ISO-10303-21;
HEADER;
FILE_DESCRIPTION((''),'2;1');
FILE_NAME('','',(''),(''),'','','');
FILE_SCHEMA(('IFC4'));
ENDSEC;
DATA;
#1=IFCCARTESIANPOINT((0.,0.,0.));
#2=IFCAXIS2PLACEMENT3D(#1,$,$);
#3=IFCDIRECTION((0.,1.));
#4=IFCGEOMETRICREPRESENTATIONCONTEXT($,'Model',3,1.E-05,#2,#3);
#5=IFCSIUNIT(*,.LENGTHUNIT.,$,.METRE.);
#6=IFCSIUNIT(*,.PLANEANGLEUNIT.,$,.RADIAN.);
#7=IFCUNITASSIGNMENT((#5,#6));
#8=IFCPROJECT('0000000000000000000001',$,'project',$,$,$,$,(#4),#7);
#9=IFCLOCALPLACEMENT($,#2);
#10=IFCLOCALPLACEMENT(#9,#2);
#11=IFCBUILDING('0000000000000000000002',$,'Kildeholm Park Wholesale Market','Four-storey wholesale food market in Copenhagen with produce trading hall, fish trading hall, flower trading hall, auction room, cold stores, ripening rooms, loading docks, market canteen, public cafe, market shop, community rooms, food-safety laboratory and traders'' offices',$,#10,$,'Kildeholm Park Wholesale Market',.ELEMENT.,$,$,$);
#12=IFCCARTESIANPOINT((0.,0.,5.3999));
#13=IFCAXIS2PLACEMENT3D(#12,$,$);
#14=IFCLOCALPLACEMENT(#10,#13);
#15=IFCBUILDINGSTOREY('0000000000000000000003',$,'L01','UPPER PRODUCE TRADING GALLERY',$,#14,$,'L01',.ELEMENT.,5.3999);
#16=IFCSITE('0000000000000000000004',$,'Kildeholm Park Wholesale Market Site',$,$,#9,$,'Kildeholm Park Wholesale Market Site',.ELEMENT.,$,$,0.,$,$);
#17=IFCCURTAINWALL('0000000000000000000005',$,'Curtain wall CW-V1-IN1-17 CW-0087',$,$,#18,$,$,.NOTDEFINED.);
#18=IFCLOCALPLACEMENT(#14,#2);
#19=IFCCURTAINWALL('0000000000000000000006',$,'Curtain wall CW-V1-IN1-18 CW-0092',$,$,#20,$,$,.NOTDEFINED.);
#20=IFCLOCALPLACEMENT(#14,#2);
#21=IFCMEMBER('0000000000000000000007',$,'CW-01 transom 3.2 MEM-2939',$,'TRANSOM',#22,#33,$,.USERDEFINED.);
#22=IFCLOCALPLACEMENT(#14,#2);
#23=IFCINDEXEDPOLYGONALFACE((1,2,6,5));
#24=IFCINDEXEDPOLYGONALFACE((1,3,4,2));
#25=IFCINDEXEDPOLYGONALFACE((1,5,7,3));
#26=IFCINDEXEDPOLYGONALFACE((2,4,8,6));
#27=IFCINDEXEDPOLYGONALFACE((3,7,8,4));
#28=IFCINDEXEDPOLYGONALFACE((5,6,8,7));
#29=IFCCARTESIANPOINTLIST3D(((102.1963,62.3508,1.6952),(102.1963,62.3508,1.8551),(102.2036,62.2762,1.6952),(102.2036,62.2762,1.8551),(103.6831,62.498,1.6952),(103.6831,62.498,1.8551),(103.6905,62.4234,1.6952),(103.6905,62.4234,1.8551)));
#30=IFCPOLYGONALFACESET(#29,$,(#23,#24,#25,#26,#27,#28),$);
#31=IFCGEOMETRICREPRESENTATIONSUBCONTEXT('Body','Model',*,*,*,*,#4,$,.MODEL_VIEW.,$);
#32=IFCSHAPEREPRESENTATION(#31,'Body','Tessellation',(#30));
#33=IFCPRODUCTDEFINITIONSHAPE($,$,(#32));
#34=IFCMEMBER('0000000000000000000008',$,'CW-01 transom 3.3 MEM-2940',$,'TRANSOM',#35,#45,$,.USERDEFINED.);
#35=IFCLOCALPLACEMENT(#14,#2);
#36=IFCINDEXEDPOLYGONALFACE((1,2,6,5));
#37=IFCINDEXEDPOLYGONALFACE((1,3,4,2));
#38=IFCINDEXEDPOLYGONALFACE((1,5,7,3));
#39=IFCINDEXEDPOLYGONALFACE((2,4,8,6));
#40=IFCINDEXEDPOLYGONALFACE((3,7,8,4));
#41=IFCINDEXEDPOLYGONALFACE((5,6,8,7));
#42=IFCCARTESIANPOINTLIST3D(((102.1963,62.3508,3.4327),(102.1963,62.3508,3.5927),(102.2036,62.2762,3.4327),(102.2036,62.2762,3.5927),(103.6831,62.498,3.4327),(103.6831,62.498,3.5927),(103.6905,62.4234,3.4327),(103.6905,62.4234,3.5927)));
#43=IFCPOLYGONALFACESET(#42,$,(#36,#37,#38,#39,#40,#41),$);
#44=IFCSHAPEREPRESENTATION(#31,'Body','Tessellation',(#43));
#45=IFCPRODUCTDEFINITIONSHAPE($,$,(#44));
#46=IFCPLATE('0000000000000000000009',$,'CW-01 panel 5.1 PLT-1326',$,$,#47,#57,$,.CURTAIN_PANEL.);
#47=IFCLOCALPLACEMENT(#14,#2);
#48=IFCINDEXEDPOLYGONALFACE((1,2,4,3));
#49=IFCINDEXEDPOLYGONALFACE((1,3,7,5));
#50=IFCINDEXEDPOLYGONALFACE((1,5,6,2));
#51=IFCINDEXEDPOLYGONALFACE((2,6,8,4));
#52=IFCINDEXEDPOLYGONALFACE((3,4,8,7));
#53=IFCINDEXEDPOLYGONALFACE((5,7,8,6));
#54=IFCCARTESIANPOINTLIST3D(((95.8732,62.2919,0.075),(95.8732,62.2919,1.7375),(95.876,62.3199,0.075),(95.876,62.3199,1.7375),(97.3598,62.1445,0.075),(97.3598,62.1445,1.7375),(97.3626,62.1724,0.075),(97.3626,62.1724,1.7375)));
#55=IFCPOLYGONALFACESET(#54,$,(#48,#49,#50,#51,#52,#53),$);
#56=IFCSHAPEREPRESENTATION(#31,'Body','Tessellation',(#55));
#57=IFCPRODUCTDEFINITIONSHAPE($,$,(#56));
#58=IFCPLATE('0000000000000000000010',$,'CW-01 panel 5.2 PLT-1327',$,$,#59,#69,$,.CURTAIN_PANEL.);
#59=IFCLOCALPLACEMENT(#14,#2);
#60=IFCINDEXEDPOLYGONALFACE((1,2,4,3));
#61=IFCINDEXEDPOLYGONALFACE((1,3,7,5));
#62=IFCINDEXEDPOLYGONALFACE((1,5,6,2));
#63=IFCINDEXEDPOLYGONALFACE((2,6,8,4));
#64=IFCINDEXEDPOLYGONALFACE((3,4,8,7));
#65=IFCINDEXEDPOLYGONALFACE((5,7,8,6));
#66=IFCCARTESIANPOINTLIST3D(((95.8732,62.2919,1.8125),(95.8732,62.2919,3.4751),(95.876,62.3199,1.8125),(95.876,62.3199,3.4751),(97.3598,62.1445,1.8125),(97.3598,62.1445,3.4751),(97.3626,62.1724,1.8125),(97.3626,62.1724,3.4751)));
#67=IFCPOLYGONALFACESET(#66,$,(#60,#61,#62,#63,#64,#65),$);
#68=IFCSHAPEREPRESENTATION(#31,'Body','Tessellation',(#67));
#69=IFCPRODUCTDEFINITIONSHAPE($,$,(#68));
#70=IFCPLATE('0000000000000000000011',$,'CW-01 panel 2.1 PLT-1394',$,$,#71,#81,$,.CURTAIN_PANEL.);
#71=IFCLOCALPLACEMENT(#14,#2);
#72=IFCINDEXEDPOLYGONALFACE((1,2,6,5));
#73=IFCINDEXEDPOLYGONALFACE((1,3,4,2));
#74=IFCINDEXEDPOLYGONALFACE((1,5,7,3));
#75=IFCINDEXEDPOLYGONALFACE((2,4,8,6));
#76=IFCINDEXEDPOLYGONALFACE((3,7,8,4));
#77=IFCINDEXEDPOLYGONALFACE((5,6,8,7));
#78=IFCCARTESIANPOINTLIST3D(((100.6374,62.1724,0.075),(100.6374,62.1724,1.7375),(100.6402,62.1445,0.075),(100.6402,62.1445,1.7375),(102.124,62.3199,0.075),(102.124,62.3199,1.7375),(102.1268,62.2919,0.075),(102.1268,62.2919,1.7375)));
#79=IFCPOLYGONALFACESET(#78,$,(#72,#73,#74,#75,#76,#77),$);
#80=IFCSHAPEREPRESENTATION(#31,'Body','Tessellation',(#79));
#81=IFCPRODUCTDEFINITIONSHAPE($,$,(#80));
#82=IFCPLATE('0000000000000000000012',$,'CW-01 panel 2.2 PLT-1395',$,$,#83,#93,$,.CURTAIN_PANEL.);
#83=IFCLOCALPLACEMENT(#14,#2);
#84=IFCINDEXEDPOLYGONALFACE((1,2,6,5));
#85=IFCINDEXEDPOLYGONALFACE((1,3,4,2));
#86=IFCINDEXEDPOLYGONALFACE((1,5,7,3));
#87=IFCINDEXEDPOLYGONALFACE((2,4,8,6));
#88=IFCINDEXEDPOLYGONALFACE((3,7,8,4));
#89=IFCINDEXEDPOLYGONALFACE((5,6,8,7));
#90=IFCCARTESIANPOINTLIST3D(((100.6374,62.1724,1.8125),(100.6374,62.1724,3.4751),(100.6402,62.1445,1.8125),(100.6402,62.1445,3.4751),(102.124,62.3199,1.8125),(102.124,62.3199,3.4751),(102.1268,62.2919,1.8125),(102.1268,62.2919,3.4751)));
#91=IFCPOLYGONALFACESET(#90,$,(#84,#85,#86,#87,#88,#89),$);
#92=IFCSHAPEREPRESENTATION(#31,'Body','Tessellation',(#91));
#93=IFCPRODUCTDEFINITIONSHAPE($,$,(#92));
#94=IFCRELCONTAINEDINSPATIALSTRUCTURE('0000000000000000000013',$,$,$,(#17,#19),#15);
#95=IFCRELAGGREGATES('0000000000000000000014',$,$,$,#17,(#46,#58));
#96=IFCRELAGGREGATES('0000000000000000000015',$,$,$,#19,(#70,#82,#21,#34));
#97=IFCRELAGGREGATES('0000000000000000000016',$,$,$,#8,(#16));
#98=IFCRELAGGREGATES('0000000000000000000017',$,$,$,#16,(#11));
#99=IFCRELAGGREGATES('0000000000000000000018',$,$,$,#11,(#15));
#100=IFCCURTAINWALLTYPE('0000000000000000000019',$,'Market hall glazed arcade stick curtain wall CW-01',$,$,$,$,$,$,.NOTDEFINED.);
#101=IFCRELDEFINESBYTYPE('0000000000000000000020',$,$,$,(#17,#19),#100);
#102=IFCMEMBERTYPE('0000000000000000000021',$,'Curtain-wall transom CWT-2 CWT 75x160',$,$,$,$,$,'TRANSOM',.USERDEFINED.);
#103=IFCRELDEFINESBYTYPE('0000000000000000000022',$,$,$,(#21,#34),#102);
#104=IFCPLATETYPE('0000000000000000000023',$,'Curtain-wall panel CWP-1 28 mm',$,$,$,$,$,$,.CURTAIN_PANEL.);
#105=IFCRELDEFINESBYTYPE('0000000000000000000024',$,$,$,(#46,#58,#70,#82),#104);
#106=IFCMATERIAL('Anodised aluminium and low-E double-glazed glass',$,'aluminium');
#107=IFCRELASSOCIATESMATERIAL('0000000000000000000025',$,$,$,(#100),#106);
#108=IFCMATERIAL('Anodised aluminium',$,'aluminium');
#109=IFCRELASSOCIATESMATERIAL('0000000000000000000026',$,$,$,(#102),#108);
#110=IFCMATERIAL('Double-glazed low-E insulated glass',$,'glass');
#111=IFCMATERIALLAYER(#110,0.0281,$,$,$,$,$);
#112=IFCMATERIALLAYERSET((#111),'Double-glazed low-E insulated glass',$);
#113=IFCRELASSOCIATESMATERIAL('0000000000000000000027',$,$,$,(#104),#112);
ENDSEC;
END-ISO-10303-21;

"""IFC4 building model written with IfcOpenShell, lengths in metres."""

from ifc_helpers import new_model, si_unit, direction, frame, origin, origin_2d, place, context, subcontext, project, spatial, rectangle, extrude, material, layer, layer_set, material_profile, profile_set, type_object, element, aggregate, save


model = new_model("IFC4")

# Units and contexts
model_context = context("Model", 3, precision=1e-05, world=origin(), true_north=direction((0.0, 1.0)))
body_context = subcontext(model_context, "Body", "Model", "MODEL_VIEW")
ifc_project = project(units=[si_unit("LENGTHUNIT", "METRE"), si_unit("PLANEANGLEUNIT", "RADIAN")], contexts=[model_context])

# Site, building, storey
site_placement = place(None, origin())
site = spatial("IfcSite", under=ifc_project, at=site_placement, Name="Kildeholm Park Wholesale Market Site", LongName="Kildeholm Park Wholesale Market Site", CompositionType="ELEMENT", RefElevation=0.0)
building_placement = place(site_placement, origin())
building = spatial("IfcBuilding", under=site, at=building_placement, Name="Kildeholm Park Wholesale Market", Description="Four-storey wholesale food market in Copenhagen with produce trading hall, fish trading hall, flower trading hall, auction room, cold stores, ripening rooms, loading docks, market canteen, public cafe, market shop, community rooms, food-safety laboratory and traders' offices", LongName="Kildeholm Park Wholesale Market", CompositionType="ELEMENT")
storey_placement = place(building_placement, frame((0.0, 0.0, 5.3999)))
storey = spatial("IfcBuildingStorey", under=building, at=storey_placement, Name="L01", Description="UPPER PRODUCE TRADING GALLERY", LongName="L01", CompositionType="ELEMENT", Elevation=5.3999)

# Curtain walls
ifc_material_1 = material(Name="Anodised aluminium and low-E double-glazed glass", Category="aluminium")
curtain_wall_type = type_object("IfcCurtainWallType", Name="Market hall glazed arcade stick curtain wall CW-01", PredefinedType="NOTDEFINED", material=ifc_material_1)
curtain_wall_1_placement = place(storey_placement, origin())
curtain_wall_1 = element("IfcCurtainWall", 1, at=curtain_wall_1_placement, inside=storey, type_object=curtain_wall_type, Name="Curtain wall CW-V1-IN1-17 CW-0087", PredefinedType="NOTDEFINED")
ifc_material_2 = material(Name="Anodised aluminium", Category="aluminium")
curtain_wall_2_placement = place(storey_placement, origin())
curtain_wall_2 = element("IfcCurtainWall", 2, at=curtain_wall_2_placement, inside=storey, type_object=curtain_wall_type, Name="Curtain wall CW-V1-IN1-18 CW-0092", PredefinedType="NOTDEFINED")

# Members
ifc_material_profile_1 = material_profile(ifc_material_2, rectangle(XDim=0.075, YDim=0.1599, at=origin_2d()), Name="CWT 75x160")
ifc_profile_set_1 = profile_set([ifc_material_profile_1], Name="Anodised aluminium")
member_type_1 = type_object("IfcMemberType", Name="Curtain-wall transom CWT-2 CWT 75x160", ElementType="TRANSOM", PredefinedType="USERDEFINED", material=ifc_profile_set_1)
member_1_placement = place(storey_placement, frame((102.2, 62.3135, 1.7751), z_axis=(0.995134, 0.098533, 0.0), x_axis=(-0.098533, 0.995134, 0.0)))
member_1 = element("IfcMember", 3, at=member_1_placement, type_object=member_type_1, Name="CW-01 transom 3.2 MEM-2939", ObjectType="TRANSOM", PredefinedType="USERDEFINED", context=body_context, shape_type="SweptSolid", body=[
    extrude(rectangle(XDim=0.075, YDim=0.1599, at=origin_2d()), origin(), (0.0, 0.0, 1.0), 1.4941),
])
member_2_placement = place(storey_placement, frame((102.2, 62.3135, 3.5127), z_axis=(0.995134, 0.098533, 0.0), x_axis=(-0.098533, 0.995134, 0.0)))
member_2 = element("IfcMember", 4, at=member_2_placement, type_object=member_type_1, Name="CW-01 transom 3.3 MEM-2940", ObjectType="TRANSOM", PredefinedType="USERDEFINED", context=body_context, shape_type="SweptSolid", body=[
    extrude(rectangle(XDim=0.075, YDim=0.1599, at=origin_2d()), origin(), (0.0, 0.0, 1.0), 1.4941),
])

# Plates
ifc_material_3 = material(Name="Double-glazed low-E insulated glass", Category="glass")
ifc_layer = layer(ifc_material_3, 0.0281)
ifc_layer_set = layer_set([ifc_layer], Name="Double-glazed low-E insulated glass")
plate_type = type_object("IfcPlateType", Name="Curtain-wall panel CWP-1 28 mm", PredefinedType="CURTAIN_PANEL", material=ifc_layer_set)
plate_1_placement = place(storey_placement, frame((96.6179, 62.2322, 0.075), z_axis=(0.0, 0.0, 1.0), x_axis=(0.995119, -0.098683, 0.0)))
plate_1 = element("IfcPlate", 5, at=plate_1_placement, type_object=plate_type, Name="CW-01 panel 5.1 PLT-1326", PredefinedType="CURTAIN_PANEL", context=body_context, shape_type="SweptSolid", body=[
    extrude(rectangle(XDim=1.4939, YDim=0.0281, at=origin_2d()), origin(), (0.0, 0.0, 1.0), 1.6626),
])
plate_2_placement = place(storey_placement, frame((96.6179, 62.2322, 1.8125), z_axis=(0.0, 0.0, 1.0), x_axis=(0.995119, -0.098683, 0.0)))
plate_2 = element("IfcPlate", 6, at=plate_2_placement, type_object=plate_type, Name="CW-01 panel 5.2 PLT-1327", PredefinedType="CURTAIN_PANEL", context=body_context, shape_type="SweptSolid", body=[
    extrude(rectangle(XDim=1.4939, YDim=0.0281, at=origin_2d()), origin(), (0.0, 0.0, 1.0), 1.6626),
])
aggregate(curtain_wall_1, [plate_1, plate_2])
plate_3_placement = place(storey_placement, frame((101.3821, 62.2322, 0.075), z_axis=(0.0, 0.0, 1.0), x_axis=(0.995119, 0.098683, 0.0)))
plate_3 = element("IfcPlate", 7, at=plate_3_placement, type_object=plate_type, Name="CW-01 panel 2.1 PLT-1394", PredefinedType="CURTAIN_PANEL", context=body_context, shape_type="SweptSolid", body=[
    extrude(rectangle(XDim=1.4939, YDim=0.0281, at=origin_2d()), origin(), (0.0, 0.0, 1.0), 1.6626),
])
plate_4_placement = place(storey_placement, frame((101.3821, 62.2322, 1.8125), z_axis=(0.0, 0.0, 1.0), x_axis=(0.995119, 0.098683, 0.0)))
plate_4 = element("IfcPlate", 8, at=plate_4_placement, type_object=plate_type, Name="CW-01 panel 2.2 PLT-1395", PredefinedType="CURTAIN_PANEL", context=body_context, shape_type="SweptSolid", body=[
    extrude(rectangle(XDim=1.4939, YDim=0.0281, at=origin_2d()), origin(), (0.0, 0.0, 1.0), 1.6626),
])
aggregate(curtain_wall_2, [plate_3, plate_4, member_1, member_2])

save(model, "model.ifc")
